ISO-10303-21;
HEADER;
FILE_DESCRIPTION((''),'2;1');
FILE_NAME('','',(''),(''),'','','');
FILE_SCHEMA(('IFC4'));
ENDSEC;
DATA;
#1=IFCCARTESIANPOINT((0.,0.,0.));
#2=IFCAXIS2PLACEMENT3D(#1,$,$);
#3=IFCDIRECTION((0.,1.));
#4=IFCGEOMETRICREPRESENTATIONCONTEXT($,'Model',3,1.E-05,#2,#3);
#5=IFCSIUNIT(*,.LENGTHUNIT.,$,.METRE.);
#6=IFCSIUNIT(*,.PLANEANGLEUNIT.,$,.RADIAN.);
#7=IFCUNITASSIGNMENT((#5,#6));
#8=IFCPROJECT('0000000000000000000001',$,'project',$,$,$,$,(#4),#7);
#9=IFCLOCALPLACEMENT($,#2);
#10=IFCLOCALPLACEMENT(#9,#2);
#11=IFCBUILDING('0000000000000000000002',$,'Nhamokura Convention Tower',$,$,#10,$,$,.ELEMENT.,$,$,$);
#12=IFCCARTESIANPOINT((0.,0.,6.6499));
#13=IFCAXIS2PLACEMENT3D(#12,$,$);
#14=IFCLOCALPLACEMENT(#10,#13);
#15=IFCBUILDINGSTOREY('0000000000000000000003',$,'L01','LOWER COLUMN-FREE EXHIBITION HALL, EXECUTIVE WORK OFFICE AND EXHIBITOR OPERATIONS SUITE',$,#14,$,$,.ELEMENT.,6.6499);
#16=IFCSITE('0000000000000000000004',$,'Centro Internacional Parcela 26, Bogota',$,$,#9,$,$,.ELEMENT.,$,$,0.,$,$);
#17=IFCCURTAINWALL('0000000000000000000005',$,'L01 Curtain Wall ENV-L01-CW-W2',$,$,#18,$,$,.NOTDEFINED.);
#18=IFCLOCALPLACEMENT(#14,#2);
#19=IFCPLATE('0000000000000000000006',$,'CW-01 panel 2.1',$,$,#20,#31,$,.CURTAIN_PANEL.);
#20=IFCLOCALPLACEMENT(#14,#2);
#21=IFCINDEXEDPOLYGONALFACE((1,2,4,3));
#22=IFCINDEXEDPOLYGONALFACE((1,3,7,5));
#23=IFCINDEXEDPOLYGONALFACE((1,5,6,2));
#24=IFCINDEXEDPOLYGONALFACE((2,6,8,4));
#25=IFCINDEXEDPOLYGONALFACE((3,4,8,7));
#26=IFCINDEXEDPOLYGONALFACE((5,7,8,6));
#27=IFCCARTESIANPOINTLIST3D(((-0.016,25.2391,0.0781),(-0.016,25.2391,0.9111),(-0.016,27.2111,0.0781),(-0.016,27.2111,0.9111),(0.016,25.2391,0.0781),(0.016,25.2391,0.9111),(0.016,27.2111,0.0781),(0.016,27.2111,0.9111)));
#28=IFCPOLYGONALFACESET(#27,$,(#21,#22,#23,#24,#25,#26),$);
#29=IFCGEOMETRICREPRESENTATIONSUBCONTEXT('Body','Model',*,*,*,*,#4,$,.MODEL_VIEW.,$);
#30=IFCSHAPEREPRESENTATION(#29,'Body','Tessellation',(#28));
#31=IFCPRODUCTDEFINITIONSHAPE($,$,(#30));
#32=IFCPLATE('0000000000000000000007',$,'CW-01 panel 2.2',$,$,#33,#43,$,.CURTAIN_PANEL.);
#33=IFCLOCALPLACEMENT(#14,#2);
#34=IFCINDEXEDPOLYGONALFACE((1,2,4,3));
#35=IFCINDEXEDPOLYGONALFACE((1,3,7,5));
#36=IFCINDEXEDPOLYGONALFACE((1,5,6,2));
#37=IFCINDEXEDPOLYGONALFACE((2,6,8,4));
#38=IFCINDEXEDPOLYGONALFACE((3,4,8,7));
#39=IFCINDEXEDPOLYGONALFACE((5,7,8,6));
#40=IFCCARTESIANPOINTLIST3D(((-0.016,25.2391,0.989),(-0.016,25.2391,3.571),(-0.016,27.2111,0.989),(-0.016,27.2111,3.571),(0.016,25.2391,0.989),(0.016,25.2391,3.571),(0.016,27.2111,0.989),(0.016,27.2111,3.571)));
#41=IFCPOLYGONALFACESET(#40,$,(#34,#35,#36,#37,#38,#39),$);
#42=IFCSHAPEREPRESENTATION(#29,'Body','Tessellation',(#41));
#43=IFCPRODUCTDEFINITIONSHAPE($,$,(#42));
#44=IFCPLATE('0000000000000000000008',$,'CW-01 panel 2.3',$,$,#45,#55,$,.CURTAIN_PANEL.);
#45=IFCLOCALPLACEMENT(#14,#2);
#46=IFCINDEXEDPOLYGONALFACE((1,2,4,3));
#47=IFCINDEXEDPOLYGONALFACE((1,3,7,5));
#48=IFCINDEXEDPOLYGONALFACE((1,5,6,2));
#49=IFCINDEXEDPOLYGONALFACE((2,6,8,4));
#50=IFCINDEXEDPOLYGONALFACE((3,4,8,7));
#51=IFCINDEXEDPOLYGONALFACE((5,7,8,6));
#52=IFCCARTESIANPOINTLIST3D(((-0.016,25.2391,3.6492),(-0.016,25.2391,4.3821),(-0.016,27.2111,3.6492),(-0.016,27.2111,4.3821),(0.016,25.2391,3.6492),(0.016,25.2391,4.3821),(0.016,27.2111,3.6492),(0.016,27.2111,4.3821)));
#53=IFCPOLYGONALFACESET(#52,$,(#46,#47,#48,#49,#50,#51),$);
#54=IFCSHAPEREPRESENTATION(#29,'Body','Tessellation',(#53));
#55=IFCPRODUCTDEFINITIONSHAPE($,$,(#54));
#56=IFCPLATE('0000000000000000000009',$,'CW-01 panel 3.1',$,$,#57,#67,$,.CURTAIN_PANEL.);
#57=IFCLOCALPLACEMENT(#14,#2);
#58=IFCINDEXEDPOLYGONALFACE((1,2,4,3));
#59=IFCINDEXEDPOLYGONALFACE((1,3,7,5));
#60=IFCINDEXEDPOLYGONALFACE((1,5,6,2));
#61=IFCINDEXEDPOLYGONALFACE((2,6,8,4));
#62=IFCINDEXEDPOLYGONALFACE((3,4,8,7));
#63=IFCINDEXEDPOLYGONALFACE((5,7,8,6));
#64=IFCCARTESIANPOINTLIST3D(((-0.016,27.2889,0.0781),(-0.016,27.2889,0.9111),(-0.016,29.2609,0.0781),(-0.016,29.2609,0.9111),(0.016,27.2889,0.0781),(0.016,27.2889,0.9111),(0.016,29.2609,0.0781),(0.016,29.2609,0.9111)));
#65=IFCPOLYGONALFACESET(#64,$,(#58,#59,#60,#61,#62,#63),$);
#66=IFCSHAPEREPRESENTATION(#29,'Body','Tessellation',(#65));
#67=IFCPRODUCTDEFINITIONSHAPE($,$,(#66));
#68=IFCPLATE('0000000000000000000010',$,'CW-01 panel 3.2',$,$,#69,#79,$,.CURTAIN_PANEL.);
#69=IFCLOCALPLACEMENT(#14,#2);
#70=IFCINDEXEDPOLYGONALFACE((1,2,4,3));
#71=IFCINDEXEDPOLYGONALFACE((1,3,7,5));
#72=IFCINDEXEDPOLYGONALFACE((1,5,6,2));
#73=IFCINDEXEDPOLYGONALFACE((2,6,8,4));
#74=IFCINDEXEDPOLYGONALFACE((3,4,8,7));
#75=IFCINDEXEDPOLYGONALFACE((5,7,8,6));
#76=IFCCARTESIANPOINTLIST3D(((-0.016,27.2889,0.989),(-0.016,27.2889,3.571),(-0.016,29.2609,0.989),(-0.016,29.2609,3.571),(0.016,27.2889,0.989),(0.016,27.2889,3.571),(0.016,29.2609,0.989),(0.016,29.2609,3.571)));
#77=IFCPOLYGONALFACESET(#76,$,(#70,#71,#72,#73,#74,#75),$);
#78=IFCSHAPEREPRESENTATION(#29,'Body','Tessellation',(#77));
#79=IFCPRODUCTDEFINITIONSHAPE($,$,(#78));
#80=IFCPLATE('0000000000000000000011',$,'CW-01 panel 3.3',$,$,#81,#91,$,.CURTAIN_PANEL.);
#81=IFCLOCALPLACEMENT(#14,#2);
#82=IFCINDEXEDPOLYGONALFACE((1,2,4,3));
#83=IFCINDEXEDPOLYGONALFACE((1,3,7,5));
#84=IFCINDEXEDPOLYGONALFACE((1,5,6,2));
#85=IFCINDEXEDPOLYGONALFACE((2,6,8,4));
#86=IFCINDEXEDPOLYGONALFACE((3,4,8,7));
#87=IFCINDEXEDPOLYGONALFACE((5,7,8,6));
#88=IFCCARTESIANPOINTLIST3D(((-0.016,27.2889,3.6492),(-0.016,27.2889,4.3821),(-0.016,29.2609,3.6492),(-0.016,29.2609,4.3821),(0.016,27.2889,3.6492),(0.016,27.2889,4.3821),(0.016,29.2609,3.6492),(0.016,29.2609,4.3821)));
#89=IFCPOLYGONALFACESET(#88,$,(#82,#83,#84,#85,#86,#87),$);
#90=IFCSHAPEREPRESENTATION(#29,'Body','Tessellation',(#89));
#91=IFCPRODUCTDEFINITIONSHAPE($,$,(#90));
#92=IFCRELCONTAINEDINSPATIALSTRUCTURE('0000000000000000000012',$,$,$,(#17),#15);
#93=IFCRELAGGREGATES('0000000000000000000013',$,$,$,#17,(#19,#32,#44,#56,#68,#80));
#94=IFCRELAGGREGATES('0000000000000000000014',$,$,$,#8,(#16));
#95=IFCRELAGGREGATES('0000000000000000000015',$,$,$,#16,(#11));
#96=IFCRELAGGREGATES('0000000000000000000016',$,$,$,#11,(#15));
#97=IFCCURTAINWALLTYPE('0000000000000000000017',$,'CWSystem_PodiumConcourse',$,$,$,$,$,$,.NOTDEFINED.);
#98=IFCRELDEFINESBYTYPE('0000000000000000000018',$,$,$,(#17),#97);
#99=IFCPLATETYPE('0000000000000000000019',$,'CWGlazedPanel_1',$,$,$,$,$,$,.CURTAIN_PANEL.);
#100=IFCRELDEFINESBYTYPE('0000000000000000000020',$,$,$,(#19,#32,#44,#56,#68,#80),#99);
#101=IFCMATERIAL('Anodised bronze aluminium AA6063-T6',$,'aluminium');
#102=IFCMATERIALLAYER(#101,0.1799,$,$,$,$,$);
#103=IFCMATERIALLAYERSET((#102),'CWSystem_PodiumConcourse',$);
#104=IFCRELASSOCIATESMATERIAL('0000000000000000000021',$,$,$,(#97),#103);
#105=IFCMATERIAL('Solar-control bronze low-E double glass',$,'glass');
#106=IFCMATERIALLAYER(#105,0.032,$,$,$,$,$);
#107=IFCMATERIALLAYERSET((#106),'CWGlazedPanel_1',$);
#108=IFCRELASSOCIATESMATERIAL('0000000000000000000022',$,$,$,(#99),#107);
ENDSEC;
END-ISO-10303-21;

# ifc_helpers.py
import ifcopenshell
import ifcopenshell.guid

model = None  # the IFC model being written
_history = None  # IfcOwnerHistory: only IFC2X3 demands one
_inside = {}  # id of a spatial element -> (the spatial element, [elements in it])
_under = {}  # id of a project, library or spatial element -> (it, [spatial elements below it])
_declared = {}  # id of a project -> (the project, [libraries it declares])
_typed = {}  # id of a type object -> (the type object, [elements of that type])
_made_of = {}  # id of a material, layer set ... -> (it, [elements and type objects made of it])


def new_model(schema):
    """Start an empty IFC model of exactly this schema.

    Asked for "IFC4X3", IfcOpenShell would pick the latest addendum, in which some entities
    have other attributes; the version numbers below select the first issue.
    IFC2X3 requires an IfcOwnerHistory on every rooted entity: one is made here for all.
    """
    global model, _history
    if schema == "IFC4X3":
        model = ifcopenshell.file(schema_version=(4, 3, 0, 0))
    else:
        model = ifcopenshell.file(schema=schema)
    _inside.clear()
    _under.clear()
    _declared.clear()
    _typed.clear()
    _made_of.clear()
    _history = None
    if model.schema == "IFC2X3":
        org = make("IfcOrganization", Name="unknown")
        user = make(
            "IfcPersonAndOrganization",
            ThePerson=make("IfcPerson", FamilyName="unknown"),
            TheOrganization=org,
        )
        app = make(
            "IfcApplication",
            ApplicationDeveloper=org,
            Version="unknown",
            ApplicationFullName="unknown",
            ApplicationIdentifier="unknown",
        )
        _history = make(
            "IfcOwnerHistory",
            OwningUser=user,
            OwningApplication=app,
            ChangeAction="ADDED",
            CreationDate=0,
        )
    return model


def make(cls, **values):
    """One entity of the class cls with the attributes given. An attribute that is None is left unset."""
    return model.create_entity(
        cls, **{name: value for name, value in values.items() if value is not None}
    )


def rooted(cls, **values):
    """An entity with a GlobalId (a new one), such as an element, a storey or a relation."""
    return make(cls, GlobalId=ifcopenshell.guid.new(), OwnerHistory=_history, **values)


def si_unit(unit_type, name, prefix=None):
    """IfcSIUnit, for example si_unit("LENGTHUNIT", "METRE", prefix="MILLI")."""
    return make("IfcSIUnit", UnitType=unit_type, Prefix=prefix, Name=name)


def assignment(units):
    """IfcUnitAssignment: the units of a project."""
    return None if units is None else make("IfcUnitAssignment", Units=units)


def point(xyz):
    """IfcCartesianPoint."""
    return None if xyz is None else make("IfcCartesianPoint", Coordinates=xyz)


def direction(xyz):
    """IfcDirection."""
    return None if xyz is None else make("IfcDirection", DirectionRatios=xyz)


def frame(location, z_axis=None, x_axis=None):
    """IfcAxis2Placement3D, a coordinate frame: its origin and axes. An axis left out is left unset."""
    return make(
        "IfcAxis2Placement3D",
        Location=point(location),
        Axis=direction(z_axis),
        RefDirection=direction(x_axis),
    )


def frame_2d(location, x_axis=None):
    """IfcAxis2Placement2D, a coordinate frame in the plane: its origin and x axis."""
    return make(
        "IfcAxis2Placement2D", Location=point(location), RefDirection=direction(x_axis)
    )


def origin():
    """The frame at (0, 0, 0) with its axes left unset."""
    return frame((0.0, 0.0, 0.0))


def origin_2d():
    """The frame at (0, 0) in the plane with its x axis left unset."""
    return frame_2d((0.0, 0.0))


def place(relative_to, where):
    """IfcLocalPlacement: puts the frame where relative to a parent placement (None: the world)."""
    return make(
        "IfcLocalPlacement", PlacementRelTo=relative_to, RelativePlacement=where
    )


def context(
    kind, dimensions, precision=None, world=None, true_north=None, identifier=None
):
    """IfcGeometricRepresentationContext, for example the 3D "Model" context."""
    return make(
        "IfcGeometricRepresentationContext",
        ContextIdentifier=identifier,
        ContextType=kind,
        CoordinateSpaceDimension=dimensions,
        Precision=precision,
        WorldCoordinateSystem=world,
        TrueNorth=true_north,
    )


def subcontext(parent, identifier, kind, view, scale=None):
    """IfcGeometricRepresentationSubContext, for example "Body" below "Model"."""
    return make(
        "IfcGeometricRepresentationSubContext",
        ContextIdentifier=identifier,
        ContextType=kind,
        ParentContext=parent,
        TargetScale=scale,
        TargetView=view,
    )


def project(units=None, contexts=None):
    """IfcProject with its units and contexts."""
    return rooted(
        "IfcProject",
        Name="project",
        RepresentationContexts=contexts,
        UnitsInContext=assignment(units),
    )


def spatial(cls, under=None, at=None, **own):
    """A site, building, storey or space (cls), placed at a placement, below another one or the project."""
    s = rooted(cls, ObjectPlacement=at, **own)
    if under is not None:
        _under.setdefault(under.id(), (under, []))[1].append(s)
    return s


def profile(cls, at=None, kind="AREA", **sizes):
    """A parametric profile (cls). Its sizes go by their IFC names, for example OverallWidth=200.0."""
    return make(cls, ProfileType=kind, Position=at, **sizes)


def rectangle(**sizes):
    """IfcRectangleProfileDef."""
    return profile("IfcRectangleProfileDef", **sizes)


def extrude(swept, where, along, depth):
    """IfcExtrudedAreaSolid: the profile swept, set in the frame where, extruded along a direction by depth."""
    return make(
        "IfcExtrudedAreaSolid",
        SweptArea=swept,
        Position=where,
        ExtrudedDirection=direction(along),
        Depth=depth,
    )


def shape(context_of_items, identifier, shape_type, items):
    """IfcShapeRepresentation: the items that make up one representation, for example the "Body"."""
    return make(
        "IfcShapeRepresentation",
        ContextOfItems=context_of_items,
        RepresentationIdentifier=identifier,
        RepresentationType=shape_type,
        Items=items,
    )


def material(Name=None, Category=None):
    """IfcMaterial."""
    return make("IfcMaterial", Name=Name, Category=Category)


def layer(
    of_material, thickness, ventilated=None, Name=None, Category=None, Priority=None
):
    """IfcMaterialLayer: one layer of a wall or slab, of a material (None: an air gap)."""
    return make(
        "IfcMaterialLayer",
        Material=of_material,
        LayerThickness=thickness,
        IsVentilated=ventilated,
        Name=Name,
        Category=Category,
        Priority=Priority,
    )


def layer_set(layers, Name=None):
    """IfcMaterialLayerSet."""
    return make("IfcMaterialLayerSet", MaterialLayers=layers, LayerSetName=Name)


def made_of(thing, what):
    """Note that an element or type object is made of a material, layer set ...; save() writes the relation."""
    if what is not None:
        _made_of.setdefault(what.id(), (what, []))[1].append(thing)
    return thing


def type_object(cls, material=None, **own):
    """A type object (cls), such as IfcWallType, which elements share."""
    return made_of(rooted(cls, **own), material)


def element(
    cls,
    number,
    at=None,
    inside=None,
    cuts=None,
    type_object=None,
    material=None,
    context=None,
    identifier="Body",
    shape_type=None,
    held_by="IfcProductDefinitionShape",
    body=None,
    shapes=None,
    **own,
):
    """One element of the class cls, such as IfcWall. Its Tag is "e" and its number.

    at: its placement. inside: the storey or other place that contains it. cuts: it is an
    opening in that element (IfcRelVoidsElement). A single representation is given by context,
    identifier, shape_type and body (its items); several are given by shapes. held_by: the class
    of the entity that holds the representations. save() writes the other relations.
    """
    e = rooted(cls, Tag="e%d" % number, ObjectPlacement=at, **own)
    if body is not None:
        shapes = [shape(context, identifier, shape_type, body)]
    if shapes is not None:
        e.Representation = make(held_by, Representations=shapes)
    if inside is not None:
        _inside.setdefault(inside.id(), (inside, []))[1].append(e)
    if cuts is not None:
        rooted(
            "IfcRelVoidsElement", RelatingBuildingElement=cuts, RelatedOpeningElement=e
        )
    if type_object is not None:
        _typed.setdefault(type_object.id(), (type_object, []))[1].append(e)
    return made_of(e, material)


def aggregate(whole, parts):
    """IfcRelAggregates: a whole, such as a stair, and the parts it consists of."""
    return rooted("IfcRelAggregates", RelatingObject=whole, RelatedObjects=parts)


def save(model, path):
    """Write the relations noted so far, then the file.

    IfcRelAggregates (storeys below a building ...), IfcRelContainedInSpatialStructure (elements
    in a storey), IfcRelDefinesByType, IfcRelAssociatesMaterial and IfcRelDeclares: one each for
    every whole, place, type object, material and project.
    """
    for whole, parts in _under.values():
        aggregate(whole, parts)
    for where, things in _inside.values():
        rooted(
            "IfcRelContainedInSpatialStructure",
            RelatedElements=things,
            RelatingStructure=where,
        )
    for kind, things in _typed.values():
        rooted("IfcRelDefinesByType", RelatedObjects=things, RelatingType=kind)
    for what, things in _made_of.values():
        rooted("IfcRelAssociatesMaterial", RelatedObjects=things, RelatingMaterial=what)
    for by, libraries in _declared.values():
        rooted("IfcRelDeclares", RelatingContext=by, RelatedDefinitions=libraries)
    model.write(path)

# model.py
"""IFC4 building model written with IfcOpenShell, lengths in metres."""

from ifc_helpers import new_model, si_unit, direction, frame, origin, origin_2d, place, context, subcontext, project, spatial, rectangle, extrude, material, layer, layer_set, type_object, element, aggregate, save


model = new_model("IFC4")

# Units and contexts
model_context = context("Model", 3, precision=1e-05, world=origin(), true_north=direction((0.0, 1.0)))
body_context = subcontext(model_context, "Body", "Model", "MODEL_VIEW")
ifc_project = project(units=[si_unit("LENGTHUNIT", "METRE"), si_unit("PLANEANGLEUNIT", "RADIAN")], contexts=[model_context])

# Site, building, storey
site_placement = place(None, origin())
site = spatial("IfcSite", under=ifc_project, at=site_placement, Name="Centro Internacional Parcela 26, Bogota", CompositionType="ELEMENT", RefElevation=0.0)
building_placement = place(site_placement, origin())
building = spatial("IfcBuilding", under=site, at=building_placement, Name="Nhamokura Convention Tower", CompositionType="ELEMENT")
storey_placement = place(building_placement, frame((0.0, 0.0, 6.6499)))
storey = spatial("IfcBuildingStorey", under=building, at=storey_placement, Name="L01", Description="LOWER COLUMN-FREE EXHIBITION HALL, EXECUTIVE WORK OFFICE AND EXHIBITOR OPERATIONS SUITE", CompositionType="ELEMENT", Elevation=6.6499)

# Curtain wall
ifc_material_1 = material(Name="Anodised bronze aluminium AA6063-T6", Category="aluminium")
ifc_layer_1 = layer(ifc_material_1, 0.1799)
ifc_layer_set_1 = layer_set([ifc_layer_1], Name="CWSystem_PodiumConcourse")
curtain_wall_type = type_object("IfcCurtainWallType", Name="CWSystem_PodiumConcourse", PredefinedType="NOTDEFINED", material=ifc_layer_set_1)
curtain_wall_placement = place(storey_placement, origin())
curtain_wall = element("IfcCurtainWall", 1, at=curtain_wall_placement, inside=storey, type_object=curtain_wall_type, Name="L01 Curtain Wall ENV-L01-CW-W2", PredefinedType="NOTDEFINED")

# Plates
ifc_material_2 = material(Name="Solar-control bronze low-E double glass", Category="glass")
ifc_layer_2 = layer(ifc_material_2, 0.032)
ifc_layer_set_2 = layer_set([ifc_layer_2], Name="CWGlazedPanel_1")
plate_type = type_object("IfcPlateType", Name="CWGlazedPanel_1", PredefinedType="CURTAIN_PANEL", material=ifc_layer_set_2)
plate_1_placement = place(storey_placement, frame((0.0, 26.2251, 0.0781), z_axis=(0.0, 0.0, 1.0), x_axis=(0.0, 1.0, 0.0)))
plate_1 = element("IfcPlate", 2, at=plate_1_placement, type_object=plate_type, Name="CW-01 panel 2.1", PredefinedType="CURTAIN_PANEL", context=body_context, shape_type="SweptSolid", body=[
    extrude(rectangle(XDim=1.9719, YDim=0.032, at=origin_2d()), origin(), (0.0, 0.0, 1.0), 0.833),
])
plate_2_placement = place(storey_placement, frame((0.0, 26.2251, 0.989), z_axis=(0.0, 0.0, 1.0), x_axis=(0.0, 1.0, 0.0)))
plate_2 = element("IfcPlate", 3, at=plate_2_placement, type_object=plate_type, Name="CW-01 panel 2.2", PredefinedType="CURTAIN_PANEL", context=body_context, shape_type="SweptSolid", body=[
    extrude(rectangle(XDim=1.9719, YDim=0.032, at=origin_2d()), origin(), (0.0, 0.0, 1.0), 2.582),
])
plate_3_placement = place(storey_placement, frame((0.0, 26.2251, 3.6492), z_axis=(0.0, 0.0, 1.0), x_axis=(0.0, 1.0, 0.0)))
plate_3 = element("IfcPlate", 4, at=plate_3_placement, type_object=plate_type, Name="CW-01 panel 2.3", PredefinedType="CURTAIN_PANEL", context=body_context, shape_type="SweptSolid", body=[
    extrude(rectangle(XDim=1.9719, YDim=0.032, at=origin_2d()), origin(), (0.0, 0.0, 1.0), 0.7329),
])
plate_4_placement = place(storey_placement, frame((0.0, 28.2749, 0.0781), z_axis=(0.0, 0.0, 1.0), x_axis=(0.0, 1.0, 0.0)))
plate_4 = element("IfcPlate", 5, at=plate_4_placement, type_object=plate_type, Name="CW-01 panel 3.1", PredefinedType="CURTAIN_PANEL", context=body_context, shape_type="SweptSolid", body=[
    extrude(rectangle(XDim=1.9719, YDim=0.032, at=origin_2d()), origin(), (0.0, 0.0, 1.0), 0.833),
])
plate_5_placement = place(storey_placement, frame((0.0, 28.2749, 0.989), z_axis=(0.0, 0.0, 1.0), x_axis=(0.0, 1.0, 0.0)))
plate_5 = element("IfcPlate", 6, at=plate_5_placement, type_object=plate_type, Name="CW-01 panel 3.2", PredefinedType="CURTAIN_PANEL", context=body_context, shape_type="SweptSolid", body=[
    extrude(rectangle(XDim=1.9719, YDim=0.032, at=origin_2d()), origin(), (0.0, 0.0, 1.0), 2.582),
])
plate_6_placement = place(storey_placement, frame((0.0, 28.2749, 3.6492), z_axis=(0.0, 0.0, 1.0), x_axis=(0.0, 1.0, 0.0)))
plate_6 = element("IfcPlate", 7, at=plate_6_placement, type_object=plate_type, Name="CW-01 panel 3.3", PredefinedType="CURTAIN_PANEL", context=body_context, shape_type="SweptSolid", body=[
    extrude(rectangle(XDim=1.9719, YDim=0.032, at=origin_2d()), origin(), (0.0, 0.0, 1.0), 0.7329),
])
aggregate(curtain_wall, [plate_1, plate_2, plate_3, plate_4, plate_5, plate_6])

save(model, "model.ifc")
